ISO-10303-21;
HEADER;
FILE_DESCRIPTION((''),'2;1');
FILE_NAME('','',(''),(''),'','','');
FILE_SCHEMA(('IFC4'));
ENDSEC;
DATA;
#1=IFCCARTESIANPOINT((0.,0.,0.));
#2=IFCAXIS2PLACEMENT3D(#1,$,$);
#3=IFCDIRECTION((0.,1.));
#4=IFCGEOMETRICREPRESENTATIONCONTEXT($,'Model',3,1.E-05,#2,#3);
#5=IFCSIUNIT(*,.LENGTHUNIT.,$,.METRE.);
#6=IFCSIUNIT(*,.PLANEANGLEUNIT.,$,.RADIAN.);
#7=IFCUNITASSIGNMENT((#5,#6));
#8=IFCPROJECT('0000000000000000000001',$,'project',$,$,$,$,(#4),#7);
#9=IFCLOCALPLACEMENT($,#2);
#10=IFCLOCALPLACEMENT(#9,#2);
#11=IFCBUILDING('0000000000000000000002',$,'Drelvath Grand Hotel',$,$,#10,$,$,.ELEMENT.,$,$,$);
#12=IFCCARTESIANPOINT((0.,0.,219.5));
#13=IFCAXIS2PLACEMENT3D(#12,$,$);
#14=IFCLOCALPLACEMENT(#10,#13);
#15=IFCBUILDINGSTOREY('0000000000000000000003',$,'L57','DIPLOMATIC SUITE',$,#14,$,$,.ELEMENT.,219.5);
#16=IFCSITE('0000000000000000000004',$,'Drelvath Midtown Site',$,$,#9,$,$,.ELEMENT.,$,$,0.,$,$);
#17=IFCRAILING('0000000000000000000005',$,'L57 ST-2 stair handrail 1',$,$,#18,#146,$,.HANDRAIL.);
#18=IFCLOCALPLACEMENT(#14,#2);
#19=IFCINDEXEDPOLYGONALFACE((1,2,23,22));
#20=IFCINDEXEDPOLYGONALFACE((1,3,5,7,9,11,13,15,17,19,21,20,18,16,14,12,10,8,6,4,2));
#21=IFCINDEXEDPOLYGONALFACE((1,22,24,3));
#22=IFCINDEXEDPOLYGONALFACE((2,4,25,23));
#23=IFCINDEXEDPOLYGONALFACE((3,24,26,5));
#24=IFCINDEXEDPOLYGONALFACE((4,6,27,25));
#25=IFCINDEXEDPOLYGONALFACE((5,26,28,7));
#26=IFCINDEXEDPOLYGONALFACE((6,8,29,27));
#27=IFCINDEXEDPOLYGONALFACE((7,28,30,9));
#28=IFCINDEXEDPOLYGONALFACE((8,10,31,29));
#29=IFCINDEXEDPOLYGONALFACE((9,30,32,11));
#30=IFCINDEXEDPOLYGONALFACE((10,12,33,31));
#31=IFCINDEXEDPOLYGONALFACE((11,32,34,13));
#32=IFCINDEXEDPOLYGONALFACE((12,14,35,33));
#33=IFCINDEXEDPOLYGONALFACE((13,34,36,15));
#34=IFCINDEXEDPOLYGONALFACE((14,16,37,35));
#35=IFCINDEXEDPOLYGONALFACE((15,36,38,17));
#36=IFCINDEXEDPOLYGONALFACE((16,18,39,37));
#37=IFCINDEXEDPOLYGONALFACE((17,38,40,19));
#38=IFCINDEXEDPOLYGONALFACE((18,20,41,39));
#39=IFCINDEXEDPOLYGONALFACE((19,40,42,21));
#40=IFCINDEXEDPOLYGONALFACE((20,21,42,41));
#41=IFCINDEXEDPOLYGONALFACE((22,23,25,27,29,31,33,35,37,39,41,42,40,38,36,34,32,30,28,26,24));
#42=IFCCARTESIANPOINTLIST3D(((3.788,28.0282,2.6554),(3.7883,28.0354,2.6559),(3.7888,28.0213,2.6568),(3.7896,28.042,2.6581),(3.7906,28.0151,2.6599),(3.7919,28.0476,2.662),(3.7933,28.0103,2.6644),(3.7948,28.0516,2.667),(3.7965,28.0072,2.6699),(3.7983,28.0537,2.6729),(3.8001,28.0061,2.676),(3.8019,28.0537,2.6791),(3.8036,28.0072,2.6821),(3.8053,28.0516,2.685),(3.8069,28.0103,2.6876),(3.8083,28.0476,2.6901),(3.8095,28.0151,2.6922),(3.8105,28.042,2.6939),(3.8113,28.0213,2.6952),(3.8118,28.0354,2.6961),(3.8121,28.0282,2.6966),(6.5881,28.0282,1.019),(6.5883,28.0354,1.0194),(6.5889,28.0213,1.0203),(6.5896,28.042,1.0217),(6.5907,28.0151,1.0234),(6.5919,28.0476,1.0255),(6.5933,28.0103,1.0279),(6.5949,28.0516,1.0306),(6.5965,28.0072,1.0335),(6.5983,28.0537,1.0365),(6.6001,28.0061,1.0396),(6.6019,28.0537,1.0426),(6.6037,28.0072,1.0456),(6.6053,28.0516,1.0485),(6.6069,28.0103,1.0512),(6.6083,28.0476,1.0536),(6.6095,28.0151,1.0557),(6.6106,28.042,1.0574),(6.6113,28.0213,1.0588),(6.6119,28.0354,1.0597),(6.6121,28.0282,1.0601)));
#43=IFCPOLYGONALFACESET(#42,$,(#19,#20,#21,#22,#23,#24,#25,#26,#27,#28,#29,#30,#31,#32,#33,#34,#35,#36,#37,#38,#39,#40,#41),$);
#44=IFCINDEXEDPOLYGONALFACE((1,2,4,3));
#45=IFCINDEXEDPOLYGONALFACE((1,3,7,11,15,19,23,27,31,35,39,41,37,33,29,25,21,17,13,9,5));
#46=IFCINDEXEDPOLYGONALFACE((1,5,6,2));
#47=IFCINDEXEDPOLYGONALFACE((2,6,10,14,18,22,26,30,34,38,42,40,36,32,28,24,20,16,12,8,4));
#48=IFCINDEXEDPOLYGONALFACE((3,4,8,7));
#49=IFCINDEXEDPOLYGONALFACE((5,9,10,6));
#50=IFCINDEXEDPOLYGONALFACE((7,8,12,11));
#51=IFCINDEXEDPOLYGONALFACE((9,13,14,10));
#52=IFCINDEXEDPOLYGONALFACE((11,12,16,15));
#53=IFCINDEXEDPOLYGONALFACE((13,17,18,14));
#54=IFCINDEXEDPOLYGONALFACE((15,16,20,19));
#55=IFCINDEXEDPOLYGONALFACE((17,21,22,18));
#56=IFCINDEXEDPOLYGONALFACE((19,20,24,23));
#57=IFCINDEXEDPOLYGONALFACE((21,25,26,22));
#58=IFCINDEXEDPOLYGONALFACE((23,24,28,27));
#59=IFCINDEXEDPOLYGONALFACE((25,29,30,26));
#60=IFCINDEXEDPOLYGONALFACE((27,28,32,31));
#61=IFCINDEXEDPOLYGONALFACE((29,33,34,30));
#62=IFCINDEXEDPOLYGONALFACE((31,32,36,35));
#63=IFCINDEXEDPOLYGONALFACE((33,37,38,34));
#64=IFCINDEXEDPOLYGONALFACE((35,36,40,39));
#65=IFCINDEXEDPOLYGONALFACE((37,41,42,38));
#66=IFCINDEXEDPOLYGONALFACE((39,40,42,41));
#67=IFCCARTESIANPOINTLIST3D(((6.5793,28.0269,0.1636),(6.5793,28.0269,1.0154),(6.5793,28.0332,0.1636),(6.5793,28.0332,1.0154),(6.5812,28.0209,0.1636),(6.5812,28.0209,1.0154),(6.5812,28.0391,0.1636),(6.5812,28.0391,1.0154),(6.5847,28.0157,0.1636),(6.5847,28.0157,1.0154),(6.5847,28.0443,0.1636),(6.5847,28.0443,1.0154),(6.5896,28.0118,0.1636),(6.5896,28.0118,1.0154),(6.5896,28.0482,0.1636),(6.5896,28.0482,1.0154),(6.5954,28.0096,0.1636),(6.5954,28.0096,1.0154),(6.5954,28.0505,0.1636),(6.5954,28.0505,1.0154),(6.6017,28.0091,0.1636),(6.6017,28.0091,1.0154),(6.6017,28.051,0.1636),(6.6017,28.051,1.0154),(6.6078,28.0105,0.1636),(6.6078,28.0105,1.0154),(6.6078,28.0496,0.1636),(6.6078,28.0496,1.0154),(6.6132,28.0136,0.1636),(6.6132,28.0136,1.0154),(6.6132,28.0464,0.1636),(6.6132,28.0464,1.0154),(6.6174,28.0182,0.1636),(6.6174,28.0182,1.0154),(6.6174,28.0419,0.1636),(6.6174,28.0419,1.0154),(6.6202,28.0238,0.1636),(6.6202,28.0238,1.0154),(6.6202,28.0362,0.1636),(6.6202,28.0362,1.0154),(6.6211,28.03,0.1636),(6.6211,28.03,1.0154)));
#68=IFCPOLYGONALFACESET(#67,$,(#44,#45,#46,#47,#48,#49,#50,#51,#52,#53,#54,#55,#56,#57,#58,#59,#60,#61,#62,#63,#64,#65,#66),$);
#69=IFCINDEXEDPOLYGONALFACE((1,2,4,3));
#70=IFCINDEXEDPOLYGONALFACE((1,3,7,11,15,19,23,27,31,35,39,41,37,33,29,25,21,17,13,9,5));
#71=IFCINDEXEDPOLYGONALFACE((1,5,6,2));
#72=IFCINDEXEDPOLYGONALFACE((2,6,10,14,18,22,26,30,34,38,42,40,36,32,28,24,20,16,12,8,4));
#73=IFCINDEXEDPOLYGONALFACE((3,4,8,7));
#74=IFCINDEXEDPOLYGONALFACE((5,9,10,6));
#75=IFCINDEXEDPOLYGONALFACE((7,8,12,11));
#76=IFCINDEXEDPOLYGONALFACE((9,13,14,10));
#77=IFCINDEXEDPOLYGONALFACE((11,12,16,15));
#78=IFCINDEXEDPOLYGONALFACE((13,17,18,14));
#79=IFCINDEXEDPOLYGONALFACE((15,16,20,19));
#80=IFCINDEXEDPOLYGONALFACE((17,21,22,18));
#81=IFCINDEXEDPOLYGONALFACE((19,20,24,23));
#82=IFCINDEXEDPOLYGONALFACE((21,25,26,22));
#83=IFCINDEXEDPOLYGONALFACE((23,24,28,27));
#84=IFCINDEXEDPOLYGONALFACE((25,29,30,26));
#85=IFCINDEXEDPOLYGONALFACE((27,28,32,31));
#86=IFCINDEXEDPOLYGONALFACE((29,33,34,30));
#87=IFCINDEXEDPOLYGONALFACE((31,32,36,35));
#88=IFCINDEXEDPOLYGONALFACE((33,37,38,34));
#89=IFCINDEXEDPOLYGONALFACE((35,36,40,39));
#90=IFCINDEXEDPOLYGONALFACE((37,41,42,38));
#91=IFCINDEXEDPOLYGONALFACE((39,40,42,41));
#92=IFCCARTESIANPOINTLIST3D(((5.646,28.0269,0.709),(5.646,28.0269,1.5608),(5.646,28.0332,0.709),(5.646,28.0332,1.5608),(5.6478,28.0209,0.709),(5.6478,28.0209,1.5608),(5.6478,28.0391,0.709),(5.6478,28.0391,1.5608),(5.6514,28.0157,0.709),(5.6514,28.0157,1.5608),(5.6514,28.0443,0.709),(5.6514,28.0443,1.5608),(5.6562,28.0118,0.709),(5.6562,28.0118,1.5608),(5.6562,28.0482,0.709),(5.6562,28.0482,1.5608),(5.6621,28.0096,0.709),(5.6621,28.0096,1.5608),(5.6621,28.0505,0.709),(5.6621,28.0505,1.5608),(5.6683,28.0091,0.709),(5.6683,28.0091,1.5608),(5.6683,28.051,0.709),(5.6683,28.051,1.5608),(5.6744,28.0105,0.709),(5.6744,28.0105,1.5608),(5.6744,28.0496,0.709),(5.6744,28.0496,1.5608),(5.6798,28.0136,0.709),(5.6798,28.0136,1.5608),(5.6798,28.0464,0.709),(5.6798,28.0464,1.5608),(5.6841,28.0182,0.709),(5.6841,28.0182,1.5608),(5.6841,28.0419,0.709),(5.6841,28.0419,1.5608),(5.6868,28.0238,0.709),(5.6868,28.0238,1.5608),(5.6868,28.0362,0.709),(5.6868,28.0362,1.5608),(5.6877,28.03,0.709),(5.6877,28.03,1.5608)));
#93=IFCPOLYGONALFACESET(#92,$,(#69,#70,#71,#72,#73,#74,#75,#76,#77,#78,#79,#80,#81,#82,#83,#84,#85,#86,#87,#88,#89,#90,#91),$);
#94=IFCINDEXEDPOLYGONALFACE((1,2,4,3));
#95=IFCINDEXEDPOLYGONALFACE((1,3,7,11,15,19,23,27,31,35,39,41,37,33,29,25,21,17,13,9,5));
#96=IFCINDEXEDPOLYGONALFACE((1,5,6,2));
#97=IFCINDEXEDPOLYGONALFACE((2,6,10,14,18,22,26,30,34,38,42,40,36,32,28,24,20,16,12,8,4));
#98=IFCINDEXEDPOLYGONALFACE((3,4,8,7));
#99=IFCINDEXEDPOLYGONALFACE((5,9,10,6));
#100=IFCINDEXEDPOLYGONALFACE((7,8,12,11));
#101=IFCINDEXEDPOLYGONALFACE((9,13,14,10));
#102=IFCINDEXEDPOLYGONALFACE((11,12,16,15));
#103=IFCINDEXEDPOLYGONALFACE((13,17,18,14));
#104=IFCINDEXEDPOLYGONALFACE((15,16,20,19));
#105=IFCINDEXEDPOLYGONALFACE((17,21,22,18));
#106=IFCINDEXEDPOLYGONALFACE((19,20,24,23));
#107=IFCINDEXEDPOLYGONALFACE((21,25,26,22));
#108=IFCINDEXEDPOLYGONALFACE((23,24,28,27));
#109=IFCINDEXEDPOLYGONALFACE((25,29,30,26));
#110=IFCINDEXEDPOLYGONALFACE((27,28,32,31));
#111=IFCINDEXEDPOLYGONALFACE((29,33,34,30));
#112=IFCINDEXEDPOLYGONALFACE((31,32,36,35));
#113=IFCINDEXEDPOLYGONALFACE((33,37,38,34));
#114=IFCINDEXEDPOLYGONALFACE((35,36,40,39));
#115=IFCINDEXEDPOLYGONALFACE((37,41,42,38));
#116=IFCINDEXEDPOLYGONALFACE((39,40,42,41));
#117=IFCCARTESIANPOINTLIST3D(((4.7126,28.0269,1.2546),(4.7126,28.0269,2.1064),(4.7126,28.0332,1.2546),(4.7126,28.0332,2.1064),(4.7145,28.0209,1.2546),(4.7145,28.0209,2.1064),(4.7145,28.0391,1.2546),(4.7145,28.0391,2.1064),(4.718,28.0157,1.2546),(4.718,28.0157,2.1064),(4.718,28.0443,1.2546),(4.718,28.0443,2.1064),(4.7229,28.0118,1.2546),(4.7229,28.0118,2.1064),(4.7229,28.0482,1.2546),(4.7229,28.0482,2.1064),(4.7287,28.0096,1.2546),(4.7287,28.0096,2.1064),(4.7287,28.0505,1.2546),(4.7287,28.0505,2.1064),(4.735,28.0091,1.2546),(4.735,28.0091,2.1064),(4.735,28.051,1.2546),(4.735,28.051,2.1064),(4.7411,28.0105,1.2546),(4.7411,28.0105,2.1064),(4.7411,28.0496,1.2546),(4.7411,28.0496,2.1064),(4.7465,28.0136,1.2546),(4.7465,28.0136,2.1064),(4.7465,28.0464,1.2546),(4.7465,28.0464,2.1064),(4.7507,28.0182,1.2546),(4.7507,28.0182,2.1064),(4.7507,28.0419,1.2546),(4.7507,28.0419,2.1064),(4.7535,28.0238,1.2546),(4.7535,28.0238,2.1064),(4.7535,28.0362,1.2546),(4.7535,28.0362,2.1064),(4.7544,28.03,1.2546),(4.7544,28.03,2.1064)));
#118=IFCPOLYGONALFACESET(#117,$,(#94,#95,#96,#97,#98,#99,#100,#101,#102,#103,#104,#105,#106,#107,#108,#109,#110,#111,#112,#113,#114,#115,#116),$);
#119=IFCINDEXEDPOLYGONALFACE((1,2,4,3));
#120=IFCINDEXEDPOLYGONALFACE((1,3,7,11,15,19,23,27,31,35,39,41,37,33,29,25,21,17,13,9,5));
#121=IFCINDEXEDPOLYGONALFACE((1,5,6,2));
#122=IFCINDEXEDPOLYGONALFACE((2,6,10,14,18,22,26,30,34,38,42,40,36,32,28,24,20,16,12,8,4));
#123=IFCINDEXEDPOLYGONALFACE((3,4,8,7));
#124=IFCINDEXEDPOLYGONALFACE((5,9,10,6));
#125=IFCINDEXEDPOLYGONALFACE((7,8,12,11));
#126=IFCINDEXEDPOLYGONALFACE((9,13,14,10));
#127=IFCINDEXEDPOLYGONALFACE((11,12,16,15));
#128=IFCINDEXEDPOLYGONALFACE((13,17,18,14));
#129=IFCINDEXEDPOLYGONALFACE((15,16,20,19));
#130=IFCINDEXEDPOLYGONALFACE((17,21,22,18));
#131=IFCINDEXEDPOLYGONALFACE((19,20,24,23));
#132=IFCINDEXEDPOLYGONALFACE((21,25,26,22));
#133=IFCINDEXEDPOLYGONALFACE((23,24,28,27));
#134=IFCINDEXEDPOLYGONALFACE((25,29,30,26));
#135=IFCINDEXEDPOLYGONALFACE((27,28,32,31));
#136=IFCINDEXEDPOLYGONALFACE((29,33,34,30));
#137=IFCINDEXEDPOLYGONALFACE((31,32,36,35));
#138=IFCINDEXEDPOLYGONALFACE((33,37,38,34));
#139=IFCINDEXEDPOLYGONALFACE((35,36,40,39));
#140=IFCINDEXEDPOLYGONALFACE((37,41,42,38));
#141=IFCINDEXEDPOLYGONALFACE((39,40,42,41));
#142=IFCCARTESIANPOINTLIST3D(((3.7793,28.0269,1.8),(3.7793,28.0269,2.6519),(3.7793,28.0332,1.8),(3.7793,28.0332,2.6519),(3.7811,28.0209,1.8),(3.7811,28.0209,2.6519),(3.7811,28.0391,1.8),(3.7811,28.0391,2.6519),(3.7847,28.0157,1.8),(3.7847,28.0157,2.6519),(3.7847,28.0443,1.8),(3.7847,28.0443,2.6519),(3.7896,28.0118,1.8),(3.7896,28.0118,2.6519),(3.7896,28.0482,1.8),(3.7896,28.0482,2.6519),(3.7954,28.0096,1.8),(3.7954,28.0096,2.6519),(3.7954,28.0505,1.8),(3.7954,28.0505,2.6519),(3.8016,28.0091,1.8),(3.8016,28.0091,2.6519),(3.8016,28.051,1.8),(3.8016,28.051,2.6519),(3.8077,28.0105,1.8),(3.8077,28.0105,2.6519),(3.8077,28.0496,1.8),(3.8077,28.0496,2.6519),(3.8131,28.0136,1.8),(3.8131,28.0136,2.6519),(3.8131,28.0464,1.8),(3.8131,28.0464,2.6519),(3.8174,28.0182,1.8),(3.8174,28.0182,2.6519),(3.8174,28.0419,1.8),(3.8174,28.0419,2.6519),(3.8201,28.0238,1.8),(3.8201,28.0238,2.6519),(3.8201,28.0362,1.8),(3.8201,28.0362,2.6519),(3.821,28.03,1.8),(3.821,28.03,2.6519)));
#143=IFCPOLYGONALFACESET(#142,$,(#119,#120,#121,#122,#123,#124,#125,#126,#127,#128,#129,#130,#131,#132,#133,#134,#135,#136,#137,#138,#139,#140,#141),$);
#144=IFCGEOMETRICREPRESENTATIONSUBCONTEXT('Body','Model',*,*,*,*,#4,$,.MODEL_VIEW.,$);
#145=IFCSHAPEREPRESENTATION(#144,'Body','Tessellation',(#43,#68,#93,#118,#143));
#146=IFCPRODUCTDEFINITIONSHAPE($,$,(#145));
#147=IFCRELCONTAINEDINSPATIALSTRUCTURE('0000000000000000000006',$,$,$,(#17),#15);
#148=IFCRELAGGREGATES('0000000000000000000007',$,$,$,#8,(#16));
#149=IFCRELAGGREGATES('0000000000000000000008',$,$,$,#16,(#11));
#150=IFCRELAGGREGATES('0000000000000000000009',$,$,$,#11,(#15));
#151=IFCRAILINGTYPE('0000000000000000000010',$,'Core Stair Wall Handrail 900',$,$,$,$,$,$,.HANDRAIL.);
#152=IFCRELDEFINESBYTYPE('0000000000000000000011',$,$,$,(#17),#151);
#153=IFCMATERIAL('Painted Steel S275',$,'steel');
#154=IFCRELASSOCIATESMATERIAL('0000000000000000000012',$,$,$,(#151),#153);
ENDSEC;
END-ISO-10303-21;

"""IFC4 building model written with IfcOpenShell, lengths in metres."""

from ifc_helpers import new_model, si_unit, direction, frame, origin, origin_2d, place, context, subcontext, project, spatial, circle, extrude, material, type_object, element, save


model = new_model("IFC4")

# Units and contexts
model_context = context("Model", 3, precision=1e-05, world=origin(), true_north=direction((0.0, 1.0)))
body_context = subcontext(model_context, "Body", "Model", "MODEL_VIEW")
ifc_project = project(units=[si_unit("LENGTHUNIT", "METRE"), si_unit("PLANEANGLEUNIT", "RADIAN")], contexts=[model_context])

# Site, building, storey
site_placement = place(None, origin())
site = spatial("IfcSite", under=ifc_project, at=site_placement, Name="Drelvath Midtown Site", CompositionType="ELEMENT", RefElevation=0.0)
building_placement = place(site_placement, origin())
building = spatial("IfcBuilding", under=site, at=building_placement, Name="Drelvath Grand Hotel", CompositionType="ELEMENT")
storey_placement = place(building_placement, frame((0.0, 0.0, 219.5)))
storey = spatial("IfcBuildingStorey", under=building, at=storey_placement, Name="L57", Description="DIPLOMATIC SUITE", CompositionType="ELEMENT", Elevation=219.5)

# Shared definitions
ifc_material_1 = material(Name="Painted Steel S275", Category="steel")

# Railing
railing_type_1 = type_object("IfcRailingType", Name="Core Stair Wall Handrail 900", PredefinedType="HANDRAIL", material=ifc_material_1)
railing_1_placement = place(storey_placement, frame((6.6001, 28.03, 0.1636)))
element("IfcRailing", 1, at=railing_1_placement, inside=storey, type_object=railing_type_1, Name="L57 ST-2 stair handrail 1", PredefinedType="HANDRAIL", context=body_context, shape_type="SweptSolid", body=[
    extrude(circle(Radius=0.0239, at=origin_2d()), frame((0.0, 0.0, 0.876), z_axis=(-0.863361, 0.0, 0.504587), x_axis=(0.0, -1.0, 0.0)), (0.0, 0.0, 1.0), 3.2432),
    extrude(circle(Radius=0.021, at=origin_2d()), origin(), (0.0, 0.0, 1.0), 0.8518),
    extrude(circle(Radius=0.021, at=origin_2d()), frame((-0.9333, 0.0, 0.5454)), (0.0, 0.0, 1.0), 0.8518),
    extrude(circle(Radius=0.021, at=origin_2d()), frame((-1.8667, 0.0, 1.0911)), (0.0, 0.0, 1.0), 0.8518),
    extrude(circle(Radius=0.021, at=origin_2d()), frame((-2.8, 0.0, 1.6365)), (0.0, 0.0, 1.0), 0.8518),
])

save(model, "model.ifc")
